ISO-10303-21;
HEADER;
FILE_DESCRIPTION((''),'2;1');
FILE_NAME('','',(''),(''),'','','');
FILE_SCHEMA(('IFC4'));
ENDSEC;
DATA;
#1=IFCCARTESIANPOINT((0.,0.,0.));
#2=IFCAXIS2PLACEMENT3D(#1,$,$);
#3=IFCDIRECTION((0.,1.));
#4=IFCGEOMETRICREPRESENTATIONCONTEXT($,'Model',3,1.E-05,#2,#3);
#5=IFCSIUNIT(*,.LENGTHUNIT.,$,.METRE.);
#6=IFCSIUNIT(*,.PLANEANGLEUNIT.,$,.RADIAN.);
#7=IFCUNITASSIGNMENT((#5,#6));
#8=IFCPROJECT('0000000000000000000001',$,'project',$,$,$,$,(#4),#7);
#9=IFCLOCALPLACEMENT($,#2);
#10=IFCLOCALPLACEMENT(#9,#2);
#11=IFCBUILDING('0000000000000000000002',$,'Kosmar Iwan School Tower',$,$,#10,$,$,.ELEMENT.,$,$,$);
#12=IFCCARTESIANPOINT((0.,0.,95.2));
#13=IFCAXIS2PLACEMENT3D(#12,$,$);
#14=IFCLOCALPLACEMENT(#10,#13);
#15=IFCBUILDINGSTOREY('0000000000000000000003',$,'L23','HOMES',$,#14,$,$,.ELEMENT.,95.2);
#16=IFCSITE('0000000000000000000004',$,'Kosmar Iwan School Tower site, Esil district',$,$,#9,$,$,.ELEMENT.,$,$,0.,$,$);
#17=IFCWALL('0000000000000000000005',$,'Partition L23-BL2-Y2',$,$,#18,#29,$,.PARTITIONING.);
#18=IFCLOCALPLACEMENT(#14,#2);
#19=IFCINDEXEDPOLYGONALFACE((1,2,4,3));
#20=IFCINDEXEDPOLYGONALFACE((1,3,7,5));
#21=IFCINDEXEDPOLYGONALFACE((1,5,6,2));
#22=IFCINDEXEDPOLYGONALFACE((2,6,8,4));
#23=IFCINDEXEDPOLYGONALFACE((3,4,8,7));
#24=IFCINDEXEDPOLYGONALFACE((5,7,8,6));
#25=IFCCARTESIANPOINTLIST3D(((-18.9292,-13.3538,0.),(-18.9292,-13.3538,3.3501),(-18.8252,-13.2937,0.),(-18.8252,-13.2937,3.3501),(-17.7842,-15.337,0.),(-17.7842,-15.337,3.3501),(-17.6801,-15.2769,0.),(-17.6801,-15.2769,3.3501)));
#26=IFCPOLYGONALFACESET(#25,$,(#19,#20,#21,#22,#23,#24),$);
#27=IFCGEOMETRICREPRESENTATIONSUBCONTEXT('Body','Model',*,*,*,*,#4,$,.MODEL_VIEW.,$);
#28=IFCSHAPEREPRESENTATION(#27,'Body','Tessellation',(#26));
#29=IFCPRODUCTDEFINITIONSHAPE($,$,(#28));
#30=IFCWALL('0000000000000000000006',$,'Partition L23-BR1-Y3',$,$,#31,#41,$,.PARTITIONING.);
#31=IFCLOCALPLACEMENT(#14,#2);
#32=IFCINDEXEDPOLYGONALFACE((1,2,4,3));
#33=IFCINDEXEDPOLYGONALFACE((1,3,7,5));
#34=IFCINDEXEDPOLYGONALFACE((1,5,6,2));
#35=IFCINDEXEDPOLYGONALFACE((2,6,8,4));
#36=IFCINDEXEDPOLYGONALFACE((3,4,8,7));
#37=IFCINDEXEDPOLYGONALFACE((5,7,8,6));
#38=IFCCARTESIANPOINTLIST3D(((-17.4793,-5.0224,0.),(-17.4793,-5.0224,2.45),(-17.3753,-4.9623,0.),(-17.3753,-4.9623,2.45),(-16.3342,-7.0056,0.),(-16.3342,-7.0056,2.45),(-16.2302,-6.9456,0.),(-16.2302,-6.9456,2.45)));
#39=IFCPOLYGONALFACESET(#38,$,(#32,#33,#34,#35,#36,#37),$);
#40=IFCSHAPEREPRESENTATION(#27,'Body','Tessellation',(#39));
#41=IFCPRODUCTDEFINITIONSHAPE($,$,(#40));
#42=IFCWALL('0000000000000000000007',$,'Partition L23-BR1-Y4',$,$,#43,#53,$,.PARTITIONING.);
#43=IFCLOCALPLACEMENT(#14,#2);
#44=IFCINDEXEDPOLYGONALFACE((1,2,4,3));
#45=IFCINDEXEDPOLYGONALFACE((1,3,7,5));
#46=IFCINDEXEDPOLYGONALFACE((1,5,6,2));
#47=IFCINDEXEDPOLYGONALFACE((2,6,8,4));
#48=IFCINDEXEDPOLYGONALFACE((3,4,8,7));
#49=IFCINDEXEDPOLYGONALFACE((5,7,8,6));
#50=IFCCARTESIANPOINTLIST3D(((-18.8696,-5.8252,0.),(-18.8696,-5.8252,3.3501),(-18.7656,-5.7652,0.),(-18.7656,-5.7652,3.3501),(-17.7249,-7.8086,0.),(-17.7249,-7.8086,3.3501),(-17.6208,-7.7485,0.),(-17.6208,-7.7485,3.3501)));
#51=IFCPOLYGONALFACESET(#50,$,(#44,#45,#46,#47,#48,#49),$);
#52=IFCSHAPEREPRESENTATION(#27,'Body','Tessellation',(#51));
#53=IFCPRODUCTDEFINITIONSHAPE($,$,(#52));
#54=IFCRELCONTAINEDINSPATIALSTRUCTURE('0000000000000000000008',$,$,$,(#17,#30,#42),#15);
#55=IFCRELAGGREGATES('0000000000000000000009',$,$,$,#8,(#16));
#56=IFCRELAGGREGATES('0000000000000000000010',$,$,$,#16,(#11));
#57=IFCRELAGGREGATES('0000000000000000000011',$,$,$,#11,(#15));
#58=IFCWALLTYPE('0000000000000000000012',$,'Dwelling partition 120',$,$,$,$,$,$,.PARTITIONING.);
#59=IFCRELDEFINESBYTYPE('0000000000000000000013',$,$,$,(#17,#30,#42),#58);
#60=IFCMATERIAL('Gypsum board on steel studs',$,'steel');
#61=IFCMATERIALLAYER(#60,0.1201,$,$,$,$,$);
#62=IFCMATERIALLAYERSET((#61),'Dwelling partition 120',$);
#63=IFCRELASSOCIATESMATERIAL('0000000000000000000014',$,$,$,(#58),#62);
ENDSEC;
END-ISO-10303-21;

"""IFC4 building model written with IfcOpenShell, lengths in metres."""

from ifc_helpers import new_model, si_unit, direction, frame, frame_2d, origin, place, context, subcontext, project, spatial, rectangle, extrude, material, layer, layer_set, type_object, element, save


model = new_model("IFC4")

# Units and contexts
model_context = context("Model", 3, precision=1e-05, world=origin(), true_north=direction((0.0, 1.0)))
body_context = subcontext(model_context, "Body", "Model", "MODEL_VIEW")
ifc_project = project(units=[si_unit("LENGTHUNIT", "METRE"), si_unit("PLANEANGLEUNIT", "RADIAN")], contexts=[model_context])

# Site, building, storey
site_placement = place(None, origin())
site = spatial("IfcSite", under=ifc_project, at=site_placement, Name="Kosmar Iwan School Tower site, Esil district", CompositionType="ELEMENT", RefElevation=0.0)
building_placement = place(site_placement, origin())
building = spatial("IfcBuilding", under=site, at=building_placement, Name="Kosmar Iwan School Tower", CompositionType="ELEMENT")
storey_placement = place(building_placement, frame((0.0, 0.0, 95.2)))
storey = spatial("IfcBuildingStorey", under=building, at=storey_placement, Name="L23", Description="HOMES", CompositionType="ELEMENT", Elevation=95.2)

# Walls
ifc_material_1 = material(Name="Gypsum board on steel studs", Category="steel")
ifc_layer_1 = layer(ifc_material_1, 0.1201)
ifc_layer_set_1 = layer_set([ifc_layer_1], Name="Dwelling partition 120")
wall_type_1 = type_object("IfcWallType", Name="Dwelling partition 120", PredefinedType="PARTITIONING", material=ifc_layer_set_1)
for number, where, z_axis, x_axis, name in (
    (1, (-18.8772, -13.3237, 0.0), (0.0, 0.0, 1.0), (0.500015, -0.866017, 0.0), "Partition L23-BL2-Y2"),
):
    element("IfcWall", number, at=place(storey_placement, frame(where, z_axis=z_axis, x_axis=x_axis)), inside=storey, type_object=wall_type_1, Name=name, PredefinedType="PARTITIONING", context=body_context, shape_type="SweptSolid", body=[
        extrude(rectangle(XDim=2.29, YDim=0.1201, at=frame_2d((1.145, 0.0))), origin(), (0.0, 0.0, 1.0), 3.3501),
    ])
wall_1_placement = place(storey_placement, frame((-16.2822, -6.9756, 0.0), z_axis=(0.0, 0.0, 1.0), x_axis=(-0.500015, 0.866017, 0.0)))
element("IfcWall", 2, at=wall_1_placement, inside=storey, type_object=wall_type_1, Name="Partition L23-BR1-Y3", PredefinedType="PARTITIONING", context=body_context, shape_type="SweptSolid", body=[
    extrude(rectangle(XDim=2.29, YDim=0.1201, at=frame_2d((1.145, 0.0))), origin(), (0.0, 0.0, 1.0), 2.45),
])
wall_2_placement = place(storey_placement, frame((-17.6729, -7.7786, 0.0), z_axis=(0.0, 0.0, 1.0), x_axis=(-0.499889, 0.86609, 0.0)))
element("IfcWall", 3, at=wall_2_placement, inside=storey, type_object=wall_type_1, Name="Partition L23-BR1-Y4", PredefinedType="PARTITIONING", context=body_context, shape_type="SweptSolid", body=[
    extrude(rectangle(XDim=2.29, YDim=0.1201, at=frame_2d((1.145, 0.0))), origin(), (0.0, 0.0, 1.0), 3.3501),
])

save(model, "model.ifc")
